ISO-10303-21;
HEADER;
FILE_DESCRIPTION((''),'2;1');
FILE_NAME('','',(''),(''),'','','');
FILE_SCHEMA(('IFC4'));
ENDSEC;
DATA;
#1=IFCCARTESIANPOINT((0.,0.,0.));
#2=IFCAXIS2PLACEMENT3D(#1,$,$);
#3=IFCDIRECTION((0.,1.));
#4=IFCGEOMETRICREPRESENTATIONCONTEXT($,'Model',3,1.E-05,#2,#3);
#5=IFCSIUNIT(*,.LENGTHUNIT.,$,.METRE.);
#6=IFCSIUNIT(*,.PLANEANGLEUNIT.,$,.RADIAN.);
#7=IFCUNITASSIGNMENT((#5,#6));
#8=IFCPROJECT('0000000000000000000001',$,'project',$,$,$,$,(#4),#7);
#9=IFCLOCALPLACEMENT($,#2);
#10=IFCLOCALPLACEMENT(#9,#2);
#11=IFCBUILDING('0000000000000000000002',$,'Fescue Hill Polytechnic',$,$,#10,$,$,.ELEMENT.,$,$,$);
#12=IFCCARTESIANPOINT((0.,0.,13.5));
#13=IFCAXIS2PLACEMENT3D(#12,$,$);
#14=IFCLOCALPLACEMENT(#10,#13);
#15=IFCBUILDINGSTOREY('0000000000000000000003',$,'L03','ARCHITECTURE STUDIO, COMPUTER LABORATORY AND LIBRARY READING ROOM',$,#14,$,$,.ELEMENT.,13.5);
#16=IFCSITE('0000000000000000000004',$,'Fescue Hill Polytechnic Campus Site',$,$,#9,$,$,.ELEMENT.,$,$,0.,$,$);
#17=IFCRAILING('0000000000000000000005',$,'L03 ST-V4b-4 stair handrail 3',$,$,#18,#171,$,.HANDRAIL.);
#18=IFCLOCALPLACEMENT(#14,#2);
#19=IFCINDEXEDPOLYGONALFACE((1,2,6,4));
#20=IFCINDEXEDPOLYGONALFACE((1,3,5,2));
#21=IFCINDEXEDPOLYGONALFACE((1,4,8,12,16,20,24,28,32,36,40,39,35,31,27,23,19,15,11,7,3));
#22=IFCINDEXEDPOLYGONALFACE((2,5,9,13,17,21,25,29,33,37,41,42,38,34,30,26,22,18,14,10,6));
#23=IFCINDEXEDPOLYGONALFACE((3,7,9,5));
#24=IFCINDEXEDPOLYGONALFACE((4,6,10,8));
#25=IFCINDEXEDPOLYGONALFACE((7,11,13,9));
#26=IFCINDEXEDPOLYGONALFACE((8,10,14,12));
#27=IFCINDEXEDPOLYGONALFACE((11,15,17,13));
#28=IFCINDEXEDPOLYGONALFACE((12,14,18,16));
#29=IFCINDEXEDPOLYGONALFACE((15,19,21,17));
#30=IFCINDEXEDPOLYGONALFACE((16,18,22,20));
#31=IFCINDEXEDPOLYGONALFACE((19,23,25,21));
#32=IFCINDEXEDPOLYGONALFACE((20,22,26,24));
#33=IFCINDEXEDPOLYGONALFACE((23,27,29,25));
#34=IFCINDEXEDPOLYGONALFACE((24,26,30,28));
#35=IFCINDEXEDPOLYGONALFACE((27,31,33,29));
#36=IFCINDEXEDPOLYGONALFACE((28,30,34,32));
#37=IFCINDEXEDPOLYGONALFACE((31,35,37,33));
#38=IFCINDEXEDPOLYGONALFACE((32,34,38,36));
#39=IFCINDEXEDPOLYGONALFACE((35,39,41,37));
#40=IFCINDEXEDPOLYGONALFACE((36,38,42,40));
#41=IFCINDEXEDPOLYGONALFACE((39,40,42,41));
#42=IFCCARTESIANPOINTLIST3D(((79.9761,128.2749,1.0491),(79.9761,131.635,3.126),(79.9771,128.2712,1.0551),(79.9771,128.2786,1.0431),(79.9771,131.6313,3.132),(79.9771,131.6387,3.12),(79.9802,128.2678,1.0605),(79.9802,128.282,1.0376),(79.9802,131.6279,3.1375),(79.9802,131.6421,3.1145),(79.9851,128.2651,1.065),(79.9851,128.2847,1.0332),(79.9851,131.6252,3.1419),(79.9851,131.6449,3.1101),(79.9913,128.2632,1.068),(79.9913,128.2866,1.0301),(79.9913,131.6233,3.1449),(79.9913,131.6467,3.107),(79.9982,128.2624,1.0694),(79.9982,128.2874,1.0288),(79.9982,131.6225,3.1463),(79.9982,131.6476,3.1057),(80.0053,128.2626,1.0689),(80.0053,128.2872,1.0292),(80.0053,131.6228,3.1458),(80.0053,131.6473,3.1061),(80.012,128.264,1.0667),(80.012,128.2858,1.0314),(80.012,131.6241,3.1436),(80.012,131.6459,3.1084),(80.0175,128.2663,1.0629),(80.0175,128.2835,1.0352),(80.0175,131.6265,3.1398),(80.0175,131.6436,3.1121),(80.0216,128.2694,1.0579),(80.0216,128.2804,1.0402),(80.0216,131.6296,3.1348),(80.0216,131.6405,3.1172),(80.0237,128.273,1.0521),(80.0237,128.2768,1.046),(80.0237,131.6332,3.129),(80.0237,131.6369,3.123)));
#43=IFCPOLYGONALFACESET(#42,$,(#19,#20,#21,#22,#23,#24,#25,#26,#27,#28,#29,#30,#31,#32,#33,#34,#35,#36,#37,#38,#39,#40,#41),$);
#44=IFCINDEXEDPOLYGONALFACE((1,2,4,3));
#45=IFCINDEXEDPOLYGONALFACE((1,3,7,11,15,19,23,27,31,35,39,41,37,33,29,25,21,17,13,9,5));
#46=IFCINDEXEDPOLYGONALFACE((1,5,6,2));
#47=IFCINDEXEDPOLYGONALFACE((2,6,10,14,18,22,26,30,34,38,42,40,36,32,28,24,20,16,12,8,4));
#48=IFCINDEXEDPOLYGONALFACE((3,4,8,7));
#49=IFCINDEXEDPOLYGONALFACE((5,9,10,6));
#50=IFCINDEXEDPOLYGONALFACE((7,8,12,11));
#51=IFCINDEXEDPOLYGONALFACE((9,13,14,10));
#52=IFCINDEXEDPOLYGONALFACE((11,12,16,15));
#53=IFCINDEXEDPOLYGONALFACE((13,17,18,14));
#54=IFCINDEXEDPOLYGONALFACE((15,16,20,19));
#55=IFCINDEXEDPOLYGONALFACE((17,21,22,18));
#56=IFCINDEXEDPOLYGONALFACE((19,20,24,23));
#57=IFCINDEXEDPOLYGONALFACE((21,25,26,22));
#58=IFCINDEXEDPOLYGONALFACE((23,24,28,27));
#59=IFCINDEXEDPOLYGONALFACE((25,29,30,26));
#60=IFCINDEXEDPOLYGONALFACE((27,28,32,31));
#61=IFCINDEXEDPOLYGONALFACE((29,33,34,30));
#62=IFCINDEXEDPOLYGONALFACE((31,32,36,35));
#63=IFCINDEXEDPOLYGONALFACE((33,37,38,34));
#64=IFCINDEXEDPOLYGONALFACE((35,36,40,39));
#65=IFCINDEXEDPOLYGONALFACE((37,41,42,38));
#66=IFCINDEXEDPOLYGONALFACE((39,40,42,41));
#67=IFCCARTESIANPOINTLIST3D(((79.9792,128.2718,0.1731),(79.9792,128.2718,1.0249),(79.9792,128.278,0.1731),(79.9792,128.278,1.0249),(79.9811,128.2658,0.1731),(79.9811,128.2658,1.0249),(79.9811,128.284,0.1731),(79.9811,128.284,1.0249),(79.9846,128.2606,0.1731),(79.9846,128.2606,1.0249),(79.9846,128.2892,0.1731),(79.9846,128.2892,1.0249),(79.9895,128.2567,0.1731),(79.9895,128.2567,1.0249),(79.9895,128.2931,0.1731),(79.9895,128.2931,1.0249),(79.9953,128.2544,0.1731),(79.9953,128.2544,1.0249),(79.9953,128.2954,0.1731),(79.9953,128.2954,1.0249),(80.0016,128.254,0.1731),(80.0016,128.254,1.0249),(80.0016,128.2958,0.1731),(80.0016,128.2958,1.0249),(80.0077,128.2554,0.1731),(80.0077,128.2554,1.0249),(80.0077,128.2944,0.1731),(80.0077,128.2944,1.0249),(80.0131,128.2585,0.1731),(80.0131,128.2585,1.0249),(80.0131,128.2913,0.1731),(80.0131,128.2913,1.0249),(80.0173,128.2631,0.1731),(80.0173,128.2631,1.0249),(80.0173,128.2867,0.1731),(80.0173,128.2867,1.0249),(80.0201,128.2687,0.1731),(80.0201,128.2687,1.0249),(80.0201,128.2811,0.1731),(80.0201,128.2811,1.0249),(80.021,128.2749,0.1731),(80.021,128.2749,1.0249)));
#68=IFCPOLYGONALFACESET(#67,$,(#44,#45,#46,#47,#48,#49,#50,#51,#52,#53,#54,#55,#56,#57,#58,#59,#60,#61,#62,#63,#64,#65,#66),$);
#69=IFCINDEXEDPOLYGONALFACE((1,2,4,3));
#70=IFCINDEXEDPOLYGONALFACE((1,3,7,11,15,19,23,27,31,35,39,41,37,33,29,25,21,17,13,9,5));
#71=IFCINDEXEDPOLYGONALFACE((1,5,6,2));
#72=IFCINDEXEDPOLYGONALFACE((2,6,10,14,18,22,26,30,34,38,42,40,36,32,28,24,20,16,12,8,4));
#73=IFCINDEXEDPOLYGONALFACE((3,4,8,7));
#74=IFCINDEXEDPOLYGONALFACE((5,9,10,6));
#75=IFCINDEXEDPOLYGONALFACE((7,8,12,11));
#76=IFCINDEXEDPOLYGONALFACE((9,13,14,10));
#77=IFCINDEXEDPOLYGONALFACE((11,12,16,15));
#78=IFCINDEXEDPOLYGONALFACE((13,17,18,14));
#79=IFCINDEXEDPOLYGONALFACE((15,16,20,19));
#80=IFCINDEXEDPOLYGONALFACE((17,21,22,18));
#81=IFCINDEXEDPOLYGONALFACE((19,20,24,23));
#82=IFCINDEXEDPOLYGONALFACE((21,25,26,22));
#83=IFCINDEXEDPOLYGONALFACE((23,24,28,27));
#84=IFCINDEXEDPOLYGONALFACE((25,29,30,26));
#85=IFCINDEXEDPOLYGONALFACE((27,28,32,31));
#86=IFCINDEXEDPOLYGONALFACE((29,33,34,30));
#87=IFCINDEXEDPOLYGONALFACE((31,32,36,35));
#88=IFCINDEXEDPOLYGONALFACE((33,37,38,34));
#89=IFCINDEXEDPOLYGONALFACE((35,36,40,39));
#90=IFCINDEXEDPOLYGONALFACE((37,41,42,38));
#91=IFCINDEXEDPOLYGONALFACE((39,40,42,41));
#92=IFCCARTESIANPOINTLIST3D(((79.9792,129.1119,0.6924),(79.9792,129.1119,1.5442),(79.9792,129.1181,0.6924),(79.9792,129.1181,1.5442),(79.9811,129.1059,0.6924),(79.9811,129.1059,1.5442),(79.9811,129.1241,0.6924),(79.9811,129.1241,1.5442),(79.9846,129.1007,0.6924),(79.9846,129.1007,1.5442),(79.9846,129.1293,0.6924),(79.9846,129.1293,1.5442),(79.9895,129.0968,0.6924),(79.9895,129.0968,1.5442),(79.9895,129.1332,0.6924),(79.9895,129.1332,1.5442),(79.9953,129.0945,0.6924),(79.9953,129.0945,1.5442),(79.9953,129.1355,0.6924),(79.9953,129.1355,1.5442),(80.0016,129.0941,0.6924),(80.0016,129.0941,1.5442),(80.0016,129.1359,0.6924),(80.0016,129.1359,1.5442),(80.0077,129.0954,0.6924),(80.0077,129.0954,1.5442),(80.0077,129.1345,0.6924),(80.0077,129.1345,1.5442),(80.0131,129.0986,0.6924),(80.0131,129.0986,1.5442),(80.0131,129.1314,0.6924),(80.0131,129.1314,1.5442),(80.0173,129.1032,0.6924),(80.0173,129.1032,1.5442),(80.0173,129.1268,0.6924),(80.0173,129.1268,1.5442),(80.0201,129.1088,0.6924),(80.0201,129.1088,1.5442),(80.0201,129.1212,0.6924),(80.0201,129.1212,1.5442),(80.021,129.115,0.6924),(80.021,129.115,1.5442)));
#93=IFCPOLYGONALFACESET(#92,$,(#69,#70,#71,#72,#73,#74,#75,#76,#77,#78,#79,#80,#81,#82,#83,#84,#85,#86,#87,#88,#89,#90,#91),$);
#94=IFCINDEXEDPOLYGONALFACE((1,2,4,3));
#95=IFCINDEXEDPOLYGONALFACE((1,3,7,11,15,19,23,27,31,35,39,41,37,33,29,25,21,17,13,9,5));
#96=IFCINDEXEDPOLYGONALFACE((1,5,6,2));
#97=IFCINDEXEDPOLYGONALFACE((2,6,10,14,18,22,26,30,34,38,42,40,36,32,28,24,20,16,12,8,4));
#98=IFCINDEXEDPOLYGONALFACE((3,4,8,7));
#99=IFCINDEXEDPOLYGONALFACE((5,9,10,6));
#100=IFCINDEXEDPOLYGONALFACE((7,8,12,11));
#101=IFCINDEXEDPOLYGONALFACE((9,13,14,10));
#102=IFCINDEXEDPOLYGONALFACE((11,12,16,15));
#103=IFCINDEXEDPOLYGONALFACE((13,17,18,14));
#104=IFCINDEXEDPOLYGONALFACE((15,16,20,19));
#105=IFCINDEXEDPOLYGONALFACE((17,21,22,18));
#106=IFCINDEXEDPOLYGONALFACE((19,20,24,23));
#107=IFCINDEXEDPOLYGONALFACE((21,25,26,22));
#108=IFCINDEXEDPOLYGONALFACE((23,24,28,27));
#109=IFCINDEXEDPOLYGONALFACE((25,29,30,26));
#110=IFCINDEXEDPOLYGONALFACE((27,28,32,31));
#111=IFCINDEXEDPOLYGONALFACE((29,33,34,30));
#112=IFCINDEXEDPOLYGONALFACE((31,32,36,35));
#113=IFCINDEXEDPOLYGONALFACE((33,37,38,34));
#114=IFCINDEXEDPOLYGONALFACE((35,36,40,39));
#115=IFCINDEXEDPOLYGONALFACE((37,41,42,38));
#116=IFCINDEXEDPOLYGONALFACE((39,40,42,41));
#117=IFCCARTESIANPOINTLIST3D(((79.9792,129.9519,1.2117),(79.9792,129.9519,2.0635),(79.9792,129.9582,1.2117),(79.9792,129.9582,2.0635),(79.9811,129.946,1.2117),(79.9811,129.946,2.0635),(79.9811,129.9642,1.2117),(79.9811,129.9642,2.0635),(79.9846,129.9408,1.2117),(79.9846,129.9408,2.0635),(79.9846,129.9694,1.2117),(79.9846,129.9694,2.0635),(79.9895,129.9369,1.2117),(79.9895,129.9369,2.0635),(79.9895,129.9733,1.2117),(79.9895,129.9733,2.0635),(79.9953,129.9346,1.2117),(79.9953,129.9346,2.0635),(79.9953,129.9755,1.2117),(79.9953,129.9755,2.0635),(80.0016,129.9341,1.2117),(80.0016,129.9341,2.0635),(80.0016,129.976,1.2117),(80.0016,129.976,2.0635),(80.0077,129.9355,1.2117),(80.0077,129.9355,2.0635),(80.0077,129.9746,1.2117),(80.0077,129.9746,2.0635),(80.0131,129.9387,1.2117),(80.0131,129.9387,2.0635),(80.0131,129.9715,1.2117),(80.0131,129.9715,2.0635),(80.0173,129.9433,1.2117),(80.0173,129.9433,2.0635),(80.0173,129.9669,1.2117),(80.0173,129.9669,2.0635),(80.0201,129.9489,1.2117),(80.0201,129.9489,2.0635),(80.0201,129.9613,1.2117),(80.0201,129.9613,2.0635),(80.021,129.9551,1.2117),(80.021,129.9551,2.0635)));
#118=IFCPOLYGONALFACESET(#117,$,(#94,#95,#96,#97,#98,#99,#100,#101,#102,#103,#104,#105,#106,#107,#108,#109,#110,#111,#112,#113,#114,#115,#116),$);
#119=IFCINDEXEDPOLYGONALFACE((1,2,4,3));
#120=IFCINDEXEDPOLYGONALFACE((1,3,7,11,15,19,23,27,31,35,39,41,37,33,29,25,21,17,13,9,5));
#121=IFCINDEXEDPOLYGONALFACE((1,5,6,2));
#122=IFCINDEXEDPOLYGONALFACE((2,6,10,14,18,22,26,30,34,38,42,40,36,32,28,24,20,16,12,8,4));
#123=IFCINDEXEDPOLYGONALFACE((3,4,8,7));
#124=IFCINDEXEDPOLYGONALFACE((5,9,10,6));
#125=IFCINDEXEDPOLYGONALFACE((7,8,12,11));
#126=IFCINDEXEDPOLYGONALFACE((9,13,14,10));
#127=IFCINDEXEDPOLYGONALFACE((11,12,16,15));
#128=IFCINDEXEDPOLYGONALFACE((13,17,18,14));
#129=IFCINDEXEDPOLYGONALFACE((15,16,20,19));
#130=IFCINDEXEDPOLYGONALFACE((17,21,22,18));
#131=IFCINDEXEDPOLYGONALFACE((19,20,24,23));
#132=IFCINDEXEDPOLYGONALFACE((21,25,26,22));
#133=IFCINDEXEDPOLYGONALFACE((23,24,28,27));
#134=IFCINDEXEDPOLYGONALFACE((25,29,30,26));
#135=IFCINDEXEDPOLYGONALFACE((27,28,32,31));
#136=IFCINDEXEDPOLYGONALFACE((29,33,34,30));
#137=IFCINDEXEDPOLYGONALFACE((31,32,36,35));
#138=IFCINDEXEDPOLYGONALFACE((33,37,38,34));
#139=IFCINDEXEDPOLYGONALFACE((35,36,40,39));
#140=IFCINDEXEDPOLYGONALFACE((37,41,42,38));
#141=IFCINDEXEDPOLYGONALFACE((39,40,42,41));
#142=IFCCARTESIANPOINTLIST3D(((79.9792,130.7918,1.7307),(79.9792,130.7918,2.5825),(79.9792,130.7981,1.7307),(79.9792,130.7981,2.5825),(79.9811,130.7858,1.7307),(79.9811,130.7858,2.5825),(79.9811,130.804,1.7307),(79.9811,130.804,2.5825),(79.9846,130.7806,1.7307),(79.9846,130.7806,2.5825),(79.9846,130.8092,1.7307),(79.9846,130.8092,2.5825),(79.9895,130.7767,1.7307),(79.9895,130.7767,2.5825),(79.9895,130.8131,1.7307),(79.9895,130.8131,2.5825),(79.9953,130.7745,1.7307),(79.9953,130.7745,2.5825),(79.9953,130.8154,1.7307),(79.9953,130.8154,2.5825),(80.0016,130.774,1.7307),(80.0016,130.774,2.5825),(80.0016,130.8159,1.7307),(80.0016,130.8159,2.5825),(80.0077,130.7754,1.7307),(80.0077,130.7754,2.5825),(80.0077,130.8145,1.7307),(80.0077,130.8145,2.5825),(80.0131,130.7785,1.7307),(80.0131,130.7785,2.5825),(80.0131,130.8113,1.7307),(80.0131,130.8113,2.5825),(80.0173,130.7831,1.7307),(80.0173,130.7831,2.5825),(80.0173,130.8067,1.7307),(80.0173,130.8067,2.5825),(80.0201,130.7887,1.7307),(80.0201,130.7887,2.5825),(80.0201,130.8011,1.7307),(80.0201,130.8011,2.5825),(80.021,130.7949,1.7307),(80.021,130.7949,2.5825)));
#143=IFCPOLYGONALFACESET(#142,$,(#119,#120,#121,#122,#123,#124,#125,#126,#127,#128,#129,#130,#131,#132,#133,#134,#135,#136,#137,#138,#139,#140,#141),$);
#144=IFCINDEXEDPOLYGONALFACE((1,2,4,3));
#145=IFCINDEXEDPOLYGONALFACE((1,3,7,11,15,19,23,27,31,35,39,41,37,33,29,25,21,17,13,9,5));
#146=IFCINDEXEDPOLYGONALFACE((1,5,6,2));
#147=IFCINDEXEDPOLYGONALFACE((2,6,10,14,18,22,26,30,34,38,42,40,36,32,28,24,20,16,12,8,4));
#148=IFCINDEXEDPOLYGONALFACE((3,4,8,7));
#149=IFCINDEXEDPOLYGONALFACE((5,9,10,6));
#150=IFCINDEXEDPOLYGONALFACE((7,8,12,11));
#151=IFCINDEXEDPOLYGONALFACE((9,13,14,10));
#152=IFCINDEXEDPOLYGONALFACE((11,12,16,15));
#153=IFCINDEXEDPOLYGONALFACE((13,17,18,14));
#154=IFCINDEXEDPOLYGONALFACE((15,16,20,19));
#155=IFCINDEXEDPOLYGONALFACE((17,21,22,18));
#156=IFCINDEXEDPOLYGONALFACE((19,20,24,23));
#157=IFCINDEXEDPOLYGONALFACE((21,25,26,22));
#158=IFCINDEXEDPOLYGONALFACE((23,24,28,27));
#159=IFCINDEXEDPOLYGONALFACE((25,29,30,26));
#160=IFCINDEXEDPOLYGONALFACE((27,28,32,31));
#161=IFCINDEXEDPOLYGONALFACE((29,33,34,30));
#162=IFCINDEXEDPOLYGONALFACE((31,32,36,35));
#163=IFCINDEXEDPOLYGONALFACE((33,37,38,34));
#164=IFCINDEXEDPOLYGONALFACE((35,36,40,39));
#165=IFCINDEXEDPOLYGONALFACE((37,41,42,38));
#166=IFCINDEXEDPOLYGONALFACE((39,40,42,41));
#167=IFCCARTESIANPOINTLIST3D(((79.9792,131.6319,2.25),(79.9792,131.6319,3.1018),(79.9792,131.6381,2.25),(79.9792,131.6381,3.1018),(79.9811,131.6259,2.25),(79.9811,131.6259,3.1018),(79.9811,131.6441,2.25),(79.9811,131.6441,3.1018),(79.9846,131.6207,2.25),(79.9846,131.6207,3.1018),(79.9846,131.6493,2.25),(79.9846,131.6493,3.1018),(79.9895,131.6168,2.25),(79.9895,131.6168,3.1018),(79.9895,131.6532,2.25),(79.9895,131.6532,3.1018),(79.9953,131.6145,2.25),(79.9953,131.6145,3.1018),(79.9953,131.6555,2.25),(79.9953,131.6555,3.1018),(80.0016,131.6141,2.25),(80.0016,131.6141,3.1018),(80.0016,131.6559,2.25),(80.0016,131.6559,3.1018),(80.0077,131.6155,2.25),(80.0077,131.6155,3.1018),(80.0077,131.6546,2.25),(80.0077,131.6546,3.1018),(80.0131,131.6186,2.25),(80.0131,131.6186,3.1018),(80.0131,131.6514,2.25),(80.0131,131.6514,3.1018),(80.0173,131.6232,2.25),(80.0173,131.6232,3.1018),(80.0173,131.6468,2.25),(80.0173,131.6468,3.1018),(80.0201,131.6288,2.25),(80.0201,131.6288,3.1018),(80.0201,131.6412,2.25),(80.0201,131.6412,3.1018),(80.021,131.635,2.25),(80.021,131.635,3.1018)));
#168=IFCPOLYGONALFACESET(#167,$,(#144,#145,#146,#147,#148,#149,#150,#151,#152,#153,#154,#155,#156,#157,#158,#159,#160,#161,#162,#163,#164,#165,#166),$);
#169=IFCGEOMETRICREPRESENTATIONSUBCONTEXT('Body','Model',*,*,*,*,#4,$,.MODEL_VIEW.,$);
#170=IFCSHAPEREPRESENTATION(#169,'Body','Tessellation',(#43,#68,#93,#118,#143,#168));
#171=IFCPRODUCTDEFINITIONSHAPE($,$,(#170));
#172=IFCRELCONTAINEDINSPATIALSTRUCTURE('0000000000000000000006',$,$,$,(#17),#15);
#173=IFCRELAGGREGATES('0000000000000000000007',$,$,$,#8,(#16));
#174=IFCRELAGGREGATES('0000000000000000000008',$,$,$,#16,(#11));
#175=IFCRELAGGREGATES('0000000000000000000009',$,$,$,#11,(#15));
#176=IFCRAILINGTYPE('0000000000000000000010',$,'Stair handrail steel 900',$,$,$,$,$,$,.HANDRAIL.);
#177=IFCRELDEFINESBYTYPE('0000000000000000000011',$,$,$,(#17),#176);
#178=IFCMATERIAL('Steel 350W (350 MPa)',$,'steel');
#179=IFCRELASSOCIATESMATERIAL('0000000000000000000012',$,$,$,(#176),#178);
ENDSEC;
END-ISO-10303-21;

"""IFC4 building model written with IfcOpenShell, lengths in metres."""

from ifc_helpers import new_model, si_unit, direction, frame, origin, origin_2d, place, context, subcontext, project, spatial, circle, extrude, material, type_object, element, save


model = new_model("IFC4")

# Units and contexts
model_context = context("Model", 3, precision=1e-05, world=origin(), true_north=direction((0.0, 1.0)))
body_context = subcontext(model_context, "Body", "Model", "MODEL_VIEW")
ifc_project = project(units=[si_unit("LENGTHUNIT", "METRE"), si_unit("PLANEANGLEUNIT", "RADIAN")], contexts=[model_context])

# Site, building, storey
site_placement = place(None, origin())
site = spatial("IfcSite", under=ifc_project, at=site_placement, Name="Fescue Hill Polytechnic Campus Site", CompositionType="ELEMENT", RefElevation=0.0)
building_placement = place(site_placement, origin())
building = spatial("IfcBuilding", under=site, at=building_placement, Name="Fescue Hill Polytechnic", CompositionType="ELEMENT")
storey_placement = place(building_placement, frame((0.0, 0.0, 13.5)))
storey = spatial("IfcBuildingStorey", under=building, at=storey_placement, Name="L03", Description="ARCHITECTURE STUDIO, COMPUTER LABORATORY AND LIBRARY READING ROOM", CompositionType="ELEMENT", Elevation=13.5)

# Railing
ifc_material_1 = material(Name="Steel 350W (350 MPa)", Category="steel")
railing_type_1 = type_object("IfcRailingType", Name="Stair handrail steel 900", PredefinedType="HANDRAIL", material=ifc_material_1)
for number, where, name in (
    (1, (80.0, 128.2749, 0.1731), "L03 ST-V4b-4 stair handrail 3"),
):
    element("IfcRailing", number, at=place(storey_placement, frame(where)), inside=storey, type_object=railing_type_1, Name=name, PredefinedType="HANDRAIL", context=body_context, shape_type="SweptSolid", body=[
        extrude(circle(Radius=0.0239, at=origin_2d()), frame((0.0, 0.0, 0.876), z_axis=(0.0, 0.850623, 0.525776), x_axis=(-1.0, 0.0, 0.0)), (0.0, 0.0, 1.0), 3.9502),
        extrude(circle(Radius=0.021, at=origin_2d()), origin(), (0.0, 0.0, 1.0), 0.8518),
        extrude(circle(Radius=0.021, at=origin_2d()), frame((0.0, 0.8401, 0.5193)), (0.0, 0.0, 1.0), 0.8518),
        extrude(circle(Radius=0.021, at=origin_2d()), frame((0.0, 1.6802, 1.0386)), (0.0, 0.0, 1.0), 0.8518),
        extrude(circle(Radius=0.021, at=origin_2d()), frame((0.0, 2.52, 1.5576)), (0.0, 0.0, 1.0), 0.8518),
        extrude(circle(Radius=0.021, at=origin_2d()), frame((0.0, 3.3601, 2.0769)), (0.0, 0.0, 1.0), 0.8518),
    ])

save(model, "model.ifc")
